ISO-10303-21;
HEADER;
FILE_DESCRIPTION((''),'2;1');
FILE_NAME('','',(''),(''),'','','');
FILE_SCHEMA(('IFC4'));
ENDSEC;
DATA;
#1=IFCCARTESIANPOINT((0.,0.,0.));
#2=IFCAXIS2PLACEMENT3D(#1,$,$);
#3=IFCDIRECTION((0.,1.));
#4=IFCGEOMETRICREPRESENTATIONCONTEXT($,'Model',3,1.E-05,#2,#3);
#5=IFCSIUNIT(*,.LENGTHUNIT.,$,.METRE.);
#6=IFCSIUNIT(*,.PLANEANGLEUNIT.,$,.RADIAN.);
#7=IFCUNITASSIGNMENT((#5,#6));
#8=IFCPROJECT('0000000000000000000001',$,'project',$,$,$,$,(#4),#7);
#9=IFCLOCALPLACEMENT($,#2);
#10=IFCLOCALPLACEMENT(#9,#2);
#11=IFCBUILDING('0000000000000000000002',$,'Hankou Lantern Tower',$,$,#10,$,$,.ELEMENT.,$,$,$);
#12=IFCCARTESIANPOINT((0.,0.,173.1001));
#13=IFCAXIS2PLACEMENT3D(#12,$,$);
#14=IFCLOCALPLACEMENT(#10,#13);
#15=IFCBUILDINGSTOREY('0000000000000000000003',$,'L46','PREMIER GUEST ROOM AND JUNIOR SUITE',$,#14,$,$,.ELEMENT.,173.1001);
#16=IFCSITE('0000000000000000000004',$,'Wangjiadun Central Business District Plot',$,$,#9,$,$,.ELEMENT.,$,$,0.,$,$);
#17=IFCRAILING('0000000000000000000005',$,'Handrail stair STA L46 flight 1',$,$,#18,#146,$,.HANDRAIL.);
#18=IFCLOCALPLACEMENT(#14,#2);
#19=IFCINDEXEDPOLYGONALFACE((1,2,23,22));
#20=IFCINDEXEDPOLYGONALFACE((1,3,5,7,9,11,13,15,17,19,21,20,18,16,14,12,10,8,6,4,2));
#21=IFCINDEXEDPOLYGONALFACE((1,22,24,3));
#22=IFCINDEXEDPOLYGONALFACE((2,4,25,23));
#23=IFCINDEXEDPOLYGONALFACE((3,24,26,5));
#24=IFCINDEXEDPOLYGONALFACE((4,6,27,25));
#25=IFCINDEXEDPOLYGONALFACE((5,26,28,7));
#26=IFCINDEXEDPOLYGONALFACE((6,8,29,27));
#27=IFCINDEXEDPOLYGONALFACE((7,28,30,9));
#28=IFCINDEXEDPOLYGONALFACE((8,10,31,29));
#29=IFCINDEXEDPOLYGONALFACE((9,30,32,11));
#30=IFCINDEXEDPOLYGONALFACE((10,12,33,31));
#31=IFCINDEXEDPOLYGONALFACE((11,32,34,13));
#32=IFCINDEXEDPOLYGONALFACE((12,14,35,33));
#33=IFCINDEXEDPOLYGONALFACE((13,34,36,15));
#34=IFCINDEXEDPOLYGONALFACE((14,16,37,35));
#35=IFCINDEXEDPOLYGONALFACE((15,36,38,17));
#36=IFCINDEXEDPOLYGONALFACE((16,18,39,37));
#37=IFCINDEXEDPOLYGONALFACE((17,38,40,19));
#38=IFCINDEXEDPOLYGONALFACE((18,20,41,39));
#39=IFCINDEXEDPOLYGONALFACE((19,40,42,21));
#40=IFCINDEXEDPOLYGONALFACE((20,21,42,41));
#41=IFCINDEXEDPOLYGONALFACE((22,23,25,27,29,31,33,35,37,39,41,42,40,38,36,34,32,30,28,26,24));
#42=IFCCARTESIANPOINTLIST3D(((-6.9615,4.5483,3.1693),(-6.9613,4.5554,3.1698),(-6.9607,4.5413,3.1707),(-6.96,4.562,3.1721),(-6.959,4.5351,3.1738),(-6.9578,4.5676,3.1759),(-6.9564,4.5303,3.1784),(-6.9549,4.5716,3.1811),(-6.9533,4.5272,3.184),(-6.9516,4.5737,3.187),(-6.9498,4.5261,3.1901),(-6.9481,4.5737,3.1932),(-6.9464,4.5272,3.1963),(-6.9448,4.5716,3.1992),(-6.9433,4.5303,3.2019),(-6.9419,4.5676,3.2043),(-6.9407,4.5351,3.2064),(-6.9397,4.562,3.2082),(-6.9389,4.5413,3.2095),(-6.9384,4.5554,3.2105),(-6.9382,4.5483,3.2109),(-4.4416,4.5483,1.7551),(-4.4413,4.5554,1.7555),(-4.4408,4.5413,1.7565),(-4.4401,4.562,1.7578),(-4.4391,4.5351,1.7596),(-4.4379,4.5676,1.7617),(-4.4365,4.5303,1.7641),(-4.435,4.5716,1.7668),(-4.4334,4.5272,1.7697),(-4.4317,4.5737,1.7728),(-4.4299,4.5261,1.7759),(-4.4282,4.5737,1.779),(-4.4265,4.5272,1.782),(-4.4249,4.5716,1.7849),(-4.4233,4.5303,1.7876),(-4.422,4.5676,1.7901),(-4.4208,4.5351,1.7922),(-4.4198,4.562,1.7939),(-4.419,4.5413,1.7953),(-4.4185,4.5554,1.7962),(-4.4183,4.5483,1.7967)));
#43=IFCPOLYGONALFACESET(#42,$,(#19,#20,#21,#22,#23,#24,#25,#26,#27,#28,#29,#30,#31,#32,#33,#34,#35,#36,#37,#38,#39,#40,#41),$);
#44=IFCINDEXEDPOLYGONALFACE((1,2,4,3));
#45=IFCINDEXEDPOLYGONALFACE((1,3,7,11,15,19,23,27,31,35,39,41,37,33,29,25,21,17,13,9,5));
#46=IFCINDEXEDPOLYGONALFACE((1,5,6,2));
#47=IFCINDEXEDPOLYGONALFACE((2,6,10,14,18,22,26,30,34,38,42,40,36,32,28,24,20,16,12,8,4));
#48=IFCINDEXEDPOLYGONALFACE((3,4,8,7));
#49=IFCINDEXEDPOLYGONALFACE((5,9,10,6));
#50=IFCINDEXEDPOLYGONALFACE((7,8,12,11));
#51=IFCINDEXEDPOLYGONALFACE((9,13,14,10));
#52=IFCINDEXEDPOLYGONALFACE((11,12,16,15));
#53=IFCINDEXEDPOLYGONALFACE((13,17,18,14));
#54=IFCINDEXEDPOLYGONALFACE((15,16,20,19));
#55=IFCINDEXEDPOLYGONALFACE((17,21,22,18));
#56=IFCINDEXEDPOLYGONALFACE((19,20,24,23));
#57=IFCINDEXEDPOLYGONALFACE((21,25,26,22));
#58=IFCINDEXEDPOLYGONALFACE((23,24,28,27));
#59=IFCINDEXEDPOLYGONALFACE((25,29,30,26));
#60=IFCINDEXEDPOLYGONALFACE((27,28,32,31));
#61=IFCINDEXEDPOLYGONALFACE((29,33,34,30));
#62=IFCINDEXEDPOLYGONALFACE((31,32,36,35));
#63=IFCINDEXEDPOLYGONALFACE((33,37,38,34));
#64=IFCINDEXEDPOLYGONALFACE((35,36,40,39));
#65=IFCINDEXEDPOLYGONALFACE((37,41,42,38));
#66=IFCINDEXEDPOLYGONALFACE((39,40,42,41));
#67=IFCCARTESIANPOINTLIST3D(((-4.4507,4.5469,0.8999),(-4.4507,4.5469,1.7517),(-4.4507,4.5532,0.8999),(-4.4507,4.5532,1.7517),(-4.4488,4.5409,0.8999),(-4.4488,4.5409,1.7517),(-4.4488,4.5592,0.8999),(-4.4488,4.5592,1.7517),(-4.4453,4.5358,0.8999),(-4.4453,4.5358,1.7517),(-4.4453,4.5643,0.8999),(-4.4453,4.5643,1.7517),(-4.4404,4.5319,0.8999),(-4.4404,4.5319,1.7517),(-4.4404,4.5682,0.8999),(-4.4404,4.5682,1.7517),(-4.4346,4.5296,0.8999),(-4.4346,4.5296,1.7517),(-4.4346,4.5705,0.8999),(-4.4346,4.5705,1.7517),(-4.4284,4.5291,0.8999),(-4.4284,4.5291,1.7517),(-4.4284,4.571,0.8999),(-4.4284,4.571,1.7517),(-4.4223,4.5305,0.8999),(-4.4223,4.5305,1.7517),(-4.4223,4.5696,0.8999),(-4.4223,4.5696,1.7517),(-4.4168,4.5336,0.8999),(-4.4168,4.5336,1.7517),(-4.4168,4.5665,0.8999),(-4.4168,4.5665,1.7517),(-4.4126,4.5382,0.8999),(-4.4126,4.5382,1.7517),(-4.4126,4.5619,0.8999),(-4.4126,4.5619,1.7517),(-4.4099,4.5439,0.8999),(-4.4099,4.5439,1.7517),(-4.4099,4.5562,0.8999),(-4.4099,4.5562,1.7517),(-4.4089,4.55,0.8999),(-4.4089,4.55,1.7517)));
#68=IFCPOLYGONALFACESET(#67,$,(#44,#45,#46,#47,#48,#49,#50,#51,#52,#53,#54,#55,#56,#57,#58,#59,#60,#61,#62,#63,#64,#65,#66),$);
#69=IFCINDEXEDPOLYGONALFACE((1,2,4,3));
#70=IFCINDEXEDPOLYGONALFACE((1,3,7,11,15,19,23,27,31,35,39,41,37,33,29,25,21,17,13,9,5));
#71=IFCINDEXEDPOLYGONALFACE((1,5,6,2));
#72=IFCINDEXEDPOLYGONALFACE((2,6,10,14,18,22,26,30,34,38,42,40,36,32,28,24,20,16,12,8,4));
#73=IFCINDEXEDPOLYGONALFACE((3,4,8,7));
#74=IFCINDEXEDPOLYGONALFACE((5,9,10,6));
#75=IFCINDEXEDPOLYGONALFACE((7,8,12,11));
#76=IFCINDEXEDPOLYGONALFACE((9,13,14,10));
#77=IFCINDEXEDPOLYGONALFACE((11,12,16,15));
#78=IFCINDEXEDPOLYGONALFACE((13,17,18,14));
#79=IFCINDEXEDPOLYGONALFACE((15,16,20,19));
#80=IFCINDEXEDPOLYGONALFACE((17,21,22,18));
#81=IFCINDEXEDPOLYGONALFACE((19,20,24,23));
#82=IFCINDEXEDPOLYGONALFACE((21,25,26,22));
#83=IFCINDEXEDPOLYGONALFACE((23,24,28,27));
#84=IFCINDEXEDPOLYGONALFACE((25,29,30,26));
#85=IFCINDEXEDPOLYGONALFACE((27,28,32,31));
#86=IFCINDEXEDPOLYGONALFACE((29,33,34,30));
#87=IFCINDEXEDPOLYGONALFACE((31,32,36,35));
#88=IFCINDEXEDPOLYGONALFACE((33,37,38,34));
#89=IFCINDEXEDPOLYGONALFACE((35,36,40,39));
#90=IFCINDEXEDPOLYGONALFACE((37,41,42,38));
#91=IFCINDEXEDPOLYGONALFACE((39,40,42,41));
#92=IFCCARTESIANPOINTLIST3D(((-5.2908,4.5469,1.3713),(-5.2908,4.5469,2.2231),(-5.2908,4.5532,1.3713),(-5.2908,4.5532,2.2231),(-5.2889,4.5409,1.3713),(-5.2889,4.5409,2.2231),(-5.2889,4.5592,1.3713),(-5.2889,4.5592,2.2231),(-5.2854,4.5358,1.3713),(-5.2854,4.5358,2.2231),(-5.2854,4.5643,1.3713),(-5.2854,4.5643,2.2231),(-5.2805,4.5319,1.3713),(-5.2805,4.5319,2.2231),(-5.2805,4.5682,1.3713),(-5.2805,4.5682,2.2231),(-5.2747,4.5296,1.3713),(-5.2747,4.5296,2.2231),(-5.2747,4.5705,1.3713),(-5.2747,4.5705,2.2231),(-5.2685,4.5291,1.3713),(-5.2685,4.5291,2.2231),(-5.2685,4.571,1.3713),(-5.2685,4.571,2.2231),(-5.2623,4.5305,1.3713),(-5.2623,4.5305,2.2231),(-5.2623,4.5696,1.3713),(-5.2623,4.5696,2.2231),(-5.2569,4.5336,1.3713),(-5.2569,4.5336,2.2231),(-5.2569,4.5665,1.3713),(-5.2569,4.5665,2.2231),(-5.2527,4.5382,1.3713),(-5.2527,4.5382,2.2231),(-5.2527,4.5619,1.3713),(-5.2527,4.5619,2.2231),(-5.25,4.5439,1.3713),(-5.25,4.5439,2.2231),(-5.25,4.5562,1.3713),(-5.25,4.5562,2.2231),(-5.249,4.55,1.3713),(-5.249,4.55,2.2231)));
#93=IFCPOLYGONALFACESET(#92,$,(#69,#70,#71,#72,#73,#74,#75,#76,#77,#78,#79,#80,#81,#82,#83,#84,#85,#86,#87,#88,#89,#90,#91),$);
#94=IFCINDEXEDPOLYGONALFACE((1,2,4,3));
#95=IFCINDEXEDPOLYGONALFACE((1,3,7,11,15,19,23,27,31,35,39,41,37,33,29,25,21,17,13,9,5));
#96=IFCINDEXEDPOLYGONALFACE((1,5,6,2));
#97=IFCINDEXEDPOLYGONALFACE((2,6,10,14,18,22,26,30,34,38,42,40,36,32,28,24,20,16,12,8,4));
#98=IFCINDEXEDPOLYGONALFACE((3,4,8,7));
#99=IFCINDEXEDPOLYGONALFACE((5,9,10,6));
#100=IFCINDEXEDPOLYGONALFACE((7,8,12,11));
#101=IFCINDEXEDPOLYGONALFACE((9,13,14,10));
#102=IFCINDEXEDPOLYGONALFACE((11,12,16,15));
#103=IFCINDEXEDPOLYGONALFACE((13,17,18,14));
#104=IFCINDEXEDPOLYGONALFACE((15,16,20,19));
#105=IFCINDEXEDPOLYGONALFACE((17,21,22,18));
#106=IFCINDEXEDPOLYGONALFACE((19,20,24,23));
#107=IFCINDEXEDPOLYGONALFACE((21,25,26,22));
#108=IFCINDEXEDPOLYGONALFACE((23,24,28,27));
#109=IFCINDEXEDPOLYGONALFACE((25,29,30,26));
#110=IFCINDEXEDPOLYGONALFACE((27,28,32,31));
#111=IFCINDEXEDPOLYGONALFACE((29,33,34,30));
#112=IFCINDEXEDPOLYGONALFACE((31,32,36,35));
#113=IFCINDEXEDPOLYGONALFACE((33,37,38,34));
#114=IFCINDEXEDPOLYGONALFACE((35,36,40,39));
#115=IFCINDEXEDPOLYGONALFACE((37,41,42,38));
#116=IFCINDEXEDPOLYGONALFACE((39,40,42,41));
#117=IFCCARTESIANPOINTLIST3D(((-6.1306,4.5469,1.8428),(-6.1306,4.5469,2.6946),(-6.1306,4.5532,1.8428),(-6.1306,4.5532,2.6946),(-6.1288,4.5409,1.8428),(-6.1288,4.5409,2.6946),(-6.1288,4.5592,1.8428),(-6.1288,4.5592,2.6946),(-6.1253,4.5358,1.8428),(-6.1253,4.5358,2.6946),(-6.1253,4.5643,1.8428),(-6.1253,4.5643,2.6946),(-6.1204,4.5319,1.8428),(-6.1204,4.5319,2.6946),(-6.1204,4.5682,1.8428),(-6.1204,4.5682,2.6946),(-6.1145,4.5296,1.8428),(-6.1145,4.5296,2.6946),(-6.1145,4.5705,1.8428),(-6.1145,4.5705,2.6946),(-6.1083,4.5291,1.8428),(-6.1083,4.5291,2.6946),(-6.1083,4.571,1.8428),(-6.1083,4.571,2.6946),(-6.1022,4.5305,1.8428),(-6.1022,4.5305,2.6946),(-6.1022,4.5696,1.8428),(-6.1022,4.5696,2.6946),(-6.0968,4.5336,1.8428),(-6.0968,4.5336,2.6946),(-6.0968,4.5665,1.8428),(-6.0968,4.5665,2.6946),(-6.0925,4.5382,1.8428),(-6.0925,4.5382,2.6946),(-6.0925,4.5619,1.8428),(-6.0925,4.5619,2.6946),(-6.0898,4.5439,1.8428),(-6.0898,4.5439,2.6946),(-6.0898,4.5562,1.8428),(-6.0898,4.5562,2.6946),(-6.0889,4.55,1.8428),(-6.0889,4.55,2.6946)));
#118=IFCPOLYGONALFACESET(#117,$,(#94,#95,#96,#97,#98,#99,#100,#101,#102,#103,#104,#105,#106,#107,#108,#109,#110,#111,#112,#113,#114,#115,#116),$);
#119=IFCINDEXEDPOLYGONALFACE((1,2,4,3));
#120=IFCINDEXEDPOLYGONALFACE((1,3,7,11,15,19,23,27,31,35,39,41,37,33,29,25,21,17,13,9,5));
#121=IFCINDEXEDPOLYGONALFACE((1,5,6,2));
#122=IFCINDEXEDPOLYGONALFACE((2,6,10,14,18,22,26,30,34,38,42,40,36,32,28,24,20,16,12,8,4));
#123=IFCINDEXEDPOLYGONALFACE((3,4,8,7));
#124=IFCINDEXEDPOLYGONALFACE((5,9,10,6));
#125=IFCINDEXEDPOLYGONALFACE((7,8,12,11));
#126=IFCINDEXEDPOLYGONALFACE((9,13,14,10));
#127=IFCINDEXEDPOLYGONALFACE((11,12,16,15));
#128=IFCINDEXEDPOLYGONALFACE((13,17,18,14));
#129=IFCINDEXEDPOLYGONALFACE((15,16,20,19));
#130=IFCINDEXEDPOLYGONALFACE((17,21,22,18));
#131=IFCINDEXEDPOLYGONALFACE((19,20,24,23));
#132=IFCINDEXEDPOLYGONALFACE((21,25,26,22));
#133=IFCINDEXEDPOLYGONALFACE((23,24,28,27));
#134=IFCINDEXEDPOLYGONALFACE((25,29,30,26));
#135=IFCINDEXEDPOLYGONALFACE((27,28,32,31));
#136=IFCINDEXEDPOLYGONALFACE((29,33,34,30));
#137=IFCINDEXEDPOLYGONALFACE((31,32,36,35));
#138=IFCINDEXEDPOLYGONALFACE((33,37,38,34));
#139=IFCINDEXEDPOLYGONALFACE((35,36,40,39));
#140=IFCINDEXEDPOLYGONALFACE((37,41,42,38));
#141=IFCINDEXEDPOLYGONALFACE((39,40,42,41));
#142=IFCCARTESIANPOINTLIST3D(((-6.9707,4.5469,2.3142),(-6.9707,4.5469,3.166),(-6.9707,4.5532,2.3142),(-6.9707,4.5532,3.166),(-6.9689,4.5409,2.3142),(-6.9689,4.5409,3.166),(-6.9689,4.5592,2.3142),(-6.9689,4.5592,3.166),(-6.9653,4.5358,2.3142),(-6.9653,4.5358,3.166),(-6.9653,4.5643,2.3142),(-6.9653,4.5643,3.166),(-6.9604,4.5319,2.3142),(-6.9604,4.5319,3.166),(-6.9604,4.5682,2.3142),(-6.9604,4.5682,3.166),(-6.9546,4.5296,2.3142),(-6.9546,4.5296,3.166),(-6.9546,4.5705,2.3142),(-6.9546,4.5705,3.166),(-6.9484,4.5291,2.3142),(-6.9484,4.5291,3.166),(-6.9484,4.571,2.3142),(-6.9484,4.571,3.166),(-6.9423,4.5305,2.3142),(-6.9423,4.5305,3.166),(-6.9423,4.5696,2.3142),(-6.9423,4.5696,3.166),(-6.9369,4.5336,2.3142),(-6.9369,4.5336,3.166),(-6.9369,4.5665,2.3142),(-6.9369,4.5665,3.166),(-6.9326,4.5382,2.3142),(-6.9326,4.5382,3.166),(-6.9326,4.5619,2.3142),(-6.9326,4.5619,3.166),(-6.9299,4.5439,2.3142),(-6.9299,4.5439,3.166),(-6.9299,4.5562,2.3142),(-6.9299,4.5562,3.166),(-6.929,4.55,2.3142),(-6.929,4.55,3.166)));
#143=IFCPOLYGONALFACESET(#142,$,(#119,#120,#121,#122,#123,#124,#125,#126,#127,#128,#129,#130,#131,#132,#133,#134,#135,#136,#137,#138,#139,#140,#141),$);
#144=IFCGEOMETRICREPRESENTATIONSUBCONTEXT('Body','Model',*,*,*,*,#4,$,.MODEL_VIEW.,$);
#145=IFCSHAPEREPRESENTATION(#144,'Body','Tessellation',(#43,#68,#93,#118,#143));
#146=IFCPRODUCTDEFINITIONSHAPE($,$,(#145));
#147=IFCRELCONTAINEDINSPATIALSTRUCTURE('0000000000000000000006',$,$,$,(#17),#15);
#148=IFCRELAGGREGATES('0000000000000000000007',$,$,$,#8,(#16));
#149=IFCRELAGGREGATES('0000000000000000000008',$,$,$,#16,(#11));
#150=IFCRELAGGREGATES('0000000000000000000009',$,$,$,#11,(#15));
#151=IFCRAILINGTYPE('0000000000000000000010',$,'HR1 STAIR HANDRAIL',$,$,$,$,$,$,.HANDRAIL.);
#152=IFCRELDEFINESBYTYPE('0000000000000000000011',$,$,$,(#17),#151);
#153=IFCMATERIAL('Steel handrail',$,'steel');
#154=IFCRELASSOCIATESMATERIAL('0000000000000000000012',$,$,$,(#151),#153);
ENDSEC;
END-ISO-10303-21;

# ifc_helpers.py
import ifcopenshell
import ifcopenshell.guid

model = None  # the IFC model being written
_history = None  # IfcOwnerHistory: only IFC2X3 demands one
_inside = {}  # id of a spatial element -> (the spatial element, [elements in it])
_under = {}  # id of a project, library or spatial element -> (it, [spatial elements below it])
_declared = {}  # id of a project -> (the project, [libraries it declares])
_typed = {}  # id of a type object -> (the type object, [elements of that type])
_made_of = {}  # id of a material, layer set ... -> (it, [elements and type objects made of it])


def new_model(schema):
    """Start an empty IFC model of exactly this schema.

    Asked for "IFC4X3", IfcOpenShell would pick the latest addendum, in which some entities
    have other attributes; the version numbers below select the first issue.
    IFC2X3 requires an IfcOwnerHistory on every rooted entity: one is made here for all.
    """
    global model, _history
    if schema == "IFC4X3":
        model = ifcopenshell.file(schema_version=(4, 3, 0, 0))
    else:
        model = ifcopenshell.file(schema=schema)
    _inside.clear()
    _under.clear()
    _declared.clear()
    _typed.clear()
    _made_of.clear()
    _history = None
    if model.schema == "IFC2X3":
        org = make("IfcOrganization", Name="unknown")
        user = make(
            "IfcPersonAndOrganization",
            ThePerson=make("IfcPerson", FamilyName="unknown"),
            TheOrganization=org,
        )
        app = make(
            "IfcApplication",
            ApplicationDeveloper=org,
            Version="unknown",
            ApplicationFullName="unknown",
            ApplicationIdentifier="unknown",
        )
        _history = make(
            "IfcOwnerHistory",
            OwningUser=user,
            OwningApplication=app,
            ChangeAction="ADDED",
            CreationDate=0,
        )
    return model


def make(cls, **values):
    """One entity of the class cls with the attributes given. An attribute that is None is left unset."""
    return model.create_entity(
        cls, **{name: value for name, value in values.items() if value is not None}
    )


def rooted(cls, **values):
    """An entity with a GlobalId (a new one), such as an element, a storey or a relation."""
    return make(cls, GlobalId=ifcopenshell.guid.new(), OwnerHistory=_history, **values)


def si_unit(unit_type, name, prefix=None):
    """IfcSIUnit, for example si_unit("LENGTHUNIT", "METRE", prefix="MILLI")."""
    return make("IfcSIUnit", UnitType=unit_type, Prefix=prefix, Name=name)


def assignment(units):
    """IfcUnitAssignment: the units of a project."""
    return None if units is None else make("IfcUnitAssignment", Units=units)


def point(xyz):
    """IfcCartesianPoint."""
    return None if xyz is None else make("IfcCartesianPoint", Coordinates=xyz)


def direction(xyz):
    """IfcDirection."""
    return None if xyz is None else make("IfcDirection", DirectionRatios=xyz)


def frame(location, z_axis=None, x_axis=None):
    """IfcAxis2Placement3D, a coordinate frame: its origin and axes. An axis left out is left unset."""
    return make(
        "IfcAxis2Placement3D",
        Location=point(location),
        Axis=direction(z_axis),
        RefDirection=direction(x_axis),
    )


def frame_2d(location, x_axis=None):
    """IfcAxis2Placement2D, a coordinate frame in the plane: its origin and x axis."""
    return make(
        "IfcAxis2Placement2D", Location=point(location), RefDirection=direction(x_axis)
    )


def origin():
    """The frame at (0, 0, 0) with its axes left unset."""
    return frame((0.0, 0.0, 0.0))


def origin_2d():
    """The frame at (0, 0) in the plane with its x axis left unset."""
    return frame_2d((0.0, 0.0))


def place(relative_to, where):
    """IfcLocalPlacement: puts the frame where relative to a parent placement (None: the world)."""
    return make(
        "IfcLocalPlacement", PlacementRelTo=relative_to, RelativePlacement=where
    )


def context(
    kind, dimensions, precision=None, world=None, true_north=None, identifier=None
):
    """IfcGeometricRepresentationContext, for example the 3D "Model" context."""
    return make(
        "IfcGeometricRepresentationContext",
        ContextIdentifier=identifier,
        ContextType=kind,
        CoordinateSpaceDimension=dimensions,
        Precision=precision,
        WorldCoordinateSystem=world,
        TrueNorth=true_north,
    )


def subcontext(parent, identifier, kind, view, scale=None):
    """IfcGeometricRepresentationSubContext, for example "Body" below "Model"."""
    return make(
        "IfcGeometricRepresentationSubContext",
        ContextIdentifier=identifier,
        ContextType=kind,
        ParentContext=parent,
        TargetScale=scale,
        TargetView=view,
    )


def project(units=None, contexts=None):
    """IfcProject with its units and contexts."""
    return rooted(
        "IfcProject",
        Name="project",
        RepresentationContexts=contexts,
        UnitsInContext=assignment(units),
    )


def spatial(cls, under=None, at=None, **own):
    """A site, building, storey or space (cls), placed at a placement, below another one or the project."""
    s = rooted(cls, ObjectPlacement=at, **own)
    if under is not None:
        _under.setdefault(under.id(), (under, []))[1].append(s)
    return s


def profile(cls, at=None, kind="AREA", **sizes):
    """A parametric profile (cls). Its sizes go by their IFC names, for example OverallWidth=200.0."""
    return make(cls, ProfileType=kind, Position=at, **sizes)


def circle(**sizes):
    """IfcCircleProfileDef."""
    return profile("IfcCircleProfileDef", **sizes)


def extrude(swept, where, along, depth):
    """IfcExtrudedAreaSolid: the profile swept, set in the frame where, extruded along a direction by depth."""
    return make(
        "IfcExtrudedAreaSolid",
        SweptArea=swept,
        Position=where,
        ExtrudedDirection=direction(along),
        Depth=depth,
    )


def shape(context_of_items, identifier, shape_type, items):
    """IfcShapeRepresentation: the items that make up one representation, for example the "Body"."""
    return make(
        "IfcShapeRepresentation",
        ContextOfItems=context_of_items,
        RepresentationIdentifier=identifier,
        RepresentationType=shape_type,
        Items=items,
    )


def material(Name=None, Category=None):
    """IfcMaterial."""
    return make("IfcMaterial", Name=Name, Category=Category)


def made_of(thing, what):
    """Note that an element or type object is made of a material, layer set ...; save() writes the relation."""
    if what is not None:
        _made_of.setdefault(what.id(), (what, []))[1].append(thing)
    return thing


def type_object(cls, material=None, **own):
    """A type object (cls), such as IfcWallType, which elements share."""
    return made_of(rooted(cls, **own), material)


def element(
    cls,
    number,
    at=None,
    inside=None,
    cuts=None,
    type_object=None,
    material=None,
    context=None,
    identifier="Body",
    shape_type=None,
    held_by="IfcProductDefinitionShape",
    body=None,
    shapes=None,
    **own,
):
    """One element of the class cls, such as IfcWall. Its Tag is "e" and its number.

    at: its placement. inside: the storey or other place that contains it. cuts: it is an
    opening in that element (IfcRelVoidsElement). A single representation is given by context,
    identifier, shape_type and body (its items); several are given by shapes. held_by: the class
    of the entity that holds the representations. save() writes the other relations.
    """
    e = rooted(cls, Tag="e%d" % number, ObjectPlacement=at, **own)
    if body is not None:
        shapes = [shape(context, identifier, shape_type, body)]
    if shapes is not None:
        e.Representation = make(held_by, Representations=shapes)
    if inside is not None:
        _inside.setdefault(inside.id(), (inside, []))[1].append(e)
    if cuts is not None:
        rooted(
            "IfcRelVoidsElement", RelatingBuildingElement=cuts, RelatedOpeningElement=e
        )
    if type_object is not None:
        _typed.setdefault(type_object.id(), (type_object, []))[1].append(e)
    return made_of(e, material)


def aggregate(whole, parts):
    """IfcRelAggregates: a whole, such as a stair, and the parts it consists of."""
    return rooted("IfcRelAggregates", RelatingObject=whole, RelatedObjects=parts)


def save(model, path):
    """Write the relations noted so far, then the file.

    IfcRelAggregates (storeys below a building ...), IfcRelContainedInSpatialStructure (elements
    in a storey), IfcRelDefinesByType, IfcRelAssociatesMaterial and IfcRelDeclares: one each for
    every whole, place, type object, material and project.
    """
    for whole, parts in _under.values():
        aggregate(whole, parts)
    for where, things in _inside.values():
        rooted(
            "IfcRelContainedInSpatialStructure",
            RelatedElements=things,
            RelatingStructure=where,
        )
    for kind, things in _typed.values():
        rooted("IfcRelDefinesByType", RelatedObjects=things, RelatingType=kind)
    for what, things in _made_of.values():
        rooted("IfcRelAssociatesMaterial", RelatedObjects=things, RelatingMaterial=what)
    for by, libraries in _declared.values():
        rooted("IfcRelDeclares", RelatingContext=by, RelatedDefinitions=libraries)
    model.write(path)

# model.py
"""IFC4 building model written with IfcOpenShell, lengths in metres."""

from ifc_helpers import new_model, si_unit, direction, frame, origin, origin_2d, place, context, subcontext, project, spatial, circle, extrude, material, type_object, element, save


model = new_model("IFC4")

# Units and contexts
model_context = context("Model", 3, precision=1e-05, world=origin(), true_north=direction((0.0, 1.0)))
body_context = subcontext(model_context, "Body", "Model", "MODEL_VIEW")
ifc_project = project(units=[si_unit("LENGTHUNIT", "METRE"), si_unit("PLANEANGLEUNIT", "RADIAN")], contexts=[model_context])

# Site, building, storey
site_placement = place(None, origin())
site = spatial("IfcSite", under=ifc_project, at=site_placement, Name="Wangjiadun Central Business District Plot", CompositionType="ELEMENT", RefElevation=0.0)
building_placement = place(site_placement, origin())
building = spatial("IfcBuilding", under=site, at=building_placement, Name="Hankou Lantern Tower", CompositionType="ELEMENT")
storey_placement = place(building_placement, frame((0.0, 0.0, 173.1001)))
storey = spatial("IfcBuildingStorey", under=building, at=storey_placement, Name="L46", Description="PREMIER GUEST ROOM AND JUNIOR SUITE", CompositionType="ELEMENT", Elevation=173.1001)

# Railing
ifc_material_1 = material(Name="Steel handrail", Category="steel")
railing_type = type_object("IfcRailingType", Name="HR1 STAIR HANDRAIL", PredefinedType="HANDRAIL", material=ifc_material_1)
railing_1_placement = place(storey_placement, frame((-4.4299, 4.55, 0.8999)))
element("IfcRailing", 1, at=railing_1_placement, inside=storey, type_object=railing_type, Name="Handrail stair STA L46 flight 1", PredefinedType="HANDRAIL", context=body_context, shape_type="SweptSolid", body=[
    extrude(circle(Radius=0.0239, at=origin_2d()), frame((0.0, 0.0, 0.876), z_axis=(-0.872049, 0.0, 0.489419), x_axis=(0.0, -1.0, 0.0)), (0.0, 0.0, 1.0), 2.8896),
    extrude(circle(Radius=0.021, at=origin_2d()), origin(), (0.0, 0.0, 1.0), 0.8518),
    extrude(circle(Radius=0.021, at=origin_2d()), frame((-0.8401, 0.0, 0.4714)), (0.0, 0.0, 1.0), 0.8518),
    extrude(circle(Radius=0.021, at=origin_2d()), frame((-1.6799, 0.0, 0.9429)), (0.0, 0.0, 1.0), 0.8518),
    extrude(circle(Radius=0.021, at=origin_2d()), frame((-2.52, 0.0, 1.4143)), (0.0, 0.0, 1.0), 0.8518),
])

save(model, "model.ifc")
